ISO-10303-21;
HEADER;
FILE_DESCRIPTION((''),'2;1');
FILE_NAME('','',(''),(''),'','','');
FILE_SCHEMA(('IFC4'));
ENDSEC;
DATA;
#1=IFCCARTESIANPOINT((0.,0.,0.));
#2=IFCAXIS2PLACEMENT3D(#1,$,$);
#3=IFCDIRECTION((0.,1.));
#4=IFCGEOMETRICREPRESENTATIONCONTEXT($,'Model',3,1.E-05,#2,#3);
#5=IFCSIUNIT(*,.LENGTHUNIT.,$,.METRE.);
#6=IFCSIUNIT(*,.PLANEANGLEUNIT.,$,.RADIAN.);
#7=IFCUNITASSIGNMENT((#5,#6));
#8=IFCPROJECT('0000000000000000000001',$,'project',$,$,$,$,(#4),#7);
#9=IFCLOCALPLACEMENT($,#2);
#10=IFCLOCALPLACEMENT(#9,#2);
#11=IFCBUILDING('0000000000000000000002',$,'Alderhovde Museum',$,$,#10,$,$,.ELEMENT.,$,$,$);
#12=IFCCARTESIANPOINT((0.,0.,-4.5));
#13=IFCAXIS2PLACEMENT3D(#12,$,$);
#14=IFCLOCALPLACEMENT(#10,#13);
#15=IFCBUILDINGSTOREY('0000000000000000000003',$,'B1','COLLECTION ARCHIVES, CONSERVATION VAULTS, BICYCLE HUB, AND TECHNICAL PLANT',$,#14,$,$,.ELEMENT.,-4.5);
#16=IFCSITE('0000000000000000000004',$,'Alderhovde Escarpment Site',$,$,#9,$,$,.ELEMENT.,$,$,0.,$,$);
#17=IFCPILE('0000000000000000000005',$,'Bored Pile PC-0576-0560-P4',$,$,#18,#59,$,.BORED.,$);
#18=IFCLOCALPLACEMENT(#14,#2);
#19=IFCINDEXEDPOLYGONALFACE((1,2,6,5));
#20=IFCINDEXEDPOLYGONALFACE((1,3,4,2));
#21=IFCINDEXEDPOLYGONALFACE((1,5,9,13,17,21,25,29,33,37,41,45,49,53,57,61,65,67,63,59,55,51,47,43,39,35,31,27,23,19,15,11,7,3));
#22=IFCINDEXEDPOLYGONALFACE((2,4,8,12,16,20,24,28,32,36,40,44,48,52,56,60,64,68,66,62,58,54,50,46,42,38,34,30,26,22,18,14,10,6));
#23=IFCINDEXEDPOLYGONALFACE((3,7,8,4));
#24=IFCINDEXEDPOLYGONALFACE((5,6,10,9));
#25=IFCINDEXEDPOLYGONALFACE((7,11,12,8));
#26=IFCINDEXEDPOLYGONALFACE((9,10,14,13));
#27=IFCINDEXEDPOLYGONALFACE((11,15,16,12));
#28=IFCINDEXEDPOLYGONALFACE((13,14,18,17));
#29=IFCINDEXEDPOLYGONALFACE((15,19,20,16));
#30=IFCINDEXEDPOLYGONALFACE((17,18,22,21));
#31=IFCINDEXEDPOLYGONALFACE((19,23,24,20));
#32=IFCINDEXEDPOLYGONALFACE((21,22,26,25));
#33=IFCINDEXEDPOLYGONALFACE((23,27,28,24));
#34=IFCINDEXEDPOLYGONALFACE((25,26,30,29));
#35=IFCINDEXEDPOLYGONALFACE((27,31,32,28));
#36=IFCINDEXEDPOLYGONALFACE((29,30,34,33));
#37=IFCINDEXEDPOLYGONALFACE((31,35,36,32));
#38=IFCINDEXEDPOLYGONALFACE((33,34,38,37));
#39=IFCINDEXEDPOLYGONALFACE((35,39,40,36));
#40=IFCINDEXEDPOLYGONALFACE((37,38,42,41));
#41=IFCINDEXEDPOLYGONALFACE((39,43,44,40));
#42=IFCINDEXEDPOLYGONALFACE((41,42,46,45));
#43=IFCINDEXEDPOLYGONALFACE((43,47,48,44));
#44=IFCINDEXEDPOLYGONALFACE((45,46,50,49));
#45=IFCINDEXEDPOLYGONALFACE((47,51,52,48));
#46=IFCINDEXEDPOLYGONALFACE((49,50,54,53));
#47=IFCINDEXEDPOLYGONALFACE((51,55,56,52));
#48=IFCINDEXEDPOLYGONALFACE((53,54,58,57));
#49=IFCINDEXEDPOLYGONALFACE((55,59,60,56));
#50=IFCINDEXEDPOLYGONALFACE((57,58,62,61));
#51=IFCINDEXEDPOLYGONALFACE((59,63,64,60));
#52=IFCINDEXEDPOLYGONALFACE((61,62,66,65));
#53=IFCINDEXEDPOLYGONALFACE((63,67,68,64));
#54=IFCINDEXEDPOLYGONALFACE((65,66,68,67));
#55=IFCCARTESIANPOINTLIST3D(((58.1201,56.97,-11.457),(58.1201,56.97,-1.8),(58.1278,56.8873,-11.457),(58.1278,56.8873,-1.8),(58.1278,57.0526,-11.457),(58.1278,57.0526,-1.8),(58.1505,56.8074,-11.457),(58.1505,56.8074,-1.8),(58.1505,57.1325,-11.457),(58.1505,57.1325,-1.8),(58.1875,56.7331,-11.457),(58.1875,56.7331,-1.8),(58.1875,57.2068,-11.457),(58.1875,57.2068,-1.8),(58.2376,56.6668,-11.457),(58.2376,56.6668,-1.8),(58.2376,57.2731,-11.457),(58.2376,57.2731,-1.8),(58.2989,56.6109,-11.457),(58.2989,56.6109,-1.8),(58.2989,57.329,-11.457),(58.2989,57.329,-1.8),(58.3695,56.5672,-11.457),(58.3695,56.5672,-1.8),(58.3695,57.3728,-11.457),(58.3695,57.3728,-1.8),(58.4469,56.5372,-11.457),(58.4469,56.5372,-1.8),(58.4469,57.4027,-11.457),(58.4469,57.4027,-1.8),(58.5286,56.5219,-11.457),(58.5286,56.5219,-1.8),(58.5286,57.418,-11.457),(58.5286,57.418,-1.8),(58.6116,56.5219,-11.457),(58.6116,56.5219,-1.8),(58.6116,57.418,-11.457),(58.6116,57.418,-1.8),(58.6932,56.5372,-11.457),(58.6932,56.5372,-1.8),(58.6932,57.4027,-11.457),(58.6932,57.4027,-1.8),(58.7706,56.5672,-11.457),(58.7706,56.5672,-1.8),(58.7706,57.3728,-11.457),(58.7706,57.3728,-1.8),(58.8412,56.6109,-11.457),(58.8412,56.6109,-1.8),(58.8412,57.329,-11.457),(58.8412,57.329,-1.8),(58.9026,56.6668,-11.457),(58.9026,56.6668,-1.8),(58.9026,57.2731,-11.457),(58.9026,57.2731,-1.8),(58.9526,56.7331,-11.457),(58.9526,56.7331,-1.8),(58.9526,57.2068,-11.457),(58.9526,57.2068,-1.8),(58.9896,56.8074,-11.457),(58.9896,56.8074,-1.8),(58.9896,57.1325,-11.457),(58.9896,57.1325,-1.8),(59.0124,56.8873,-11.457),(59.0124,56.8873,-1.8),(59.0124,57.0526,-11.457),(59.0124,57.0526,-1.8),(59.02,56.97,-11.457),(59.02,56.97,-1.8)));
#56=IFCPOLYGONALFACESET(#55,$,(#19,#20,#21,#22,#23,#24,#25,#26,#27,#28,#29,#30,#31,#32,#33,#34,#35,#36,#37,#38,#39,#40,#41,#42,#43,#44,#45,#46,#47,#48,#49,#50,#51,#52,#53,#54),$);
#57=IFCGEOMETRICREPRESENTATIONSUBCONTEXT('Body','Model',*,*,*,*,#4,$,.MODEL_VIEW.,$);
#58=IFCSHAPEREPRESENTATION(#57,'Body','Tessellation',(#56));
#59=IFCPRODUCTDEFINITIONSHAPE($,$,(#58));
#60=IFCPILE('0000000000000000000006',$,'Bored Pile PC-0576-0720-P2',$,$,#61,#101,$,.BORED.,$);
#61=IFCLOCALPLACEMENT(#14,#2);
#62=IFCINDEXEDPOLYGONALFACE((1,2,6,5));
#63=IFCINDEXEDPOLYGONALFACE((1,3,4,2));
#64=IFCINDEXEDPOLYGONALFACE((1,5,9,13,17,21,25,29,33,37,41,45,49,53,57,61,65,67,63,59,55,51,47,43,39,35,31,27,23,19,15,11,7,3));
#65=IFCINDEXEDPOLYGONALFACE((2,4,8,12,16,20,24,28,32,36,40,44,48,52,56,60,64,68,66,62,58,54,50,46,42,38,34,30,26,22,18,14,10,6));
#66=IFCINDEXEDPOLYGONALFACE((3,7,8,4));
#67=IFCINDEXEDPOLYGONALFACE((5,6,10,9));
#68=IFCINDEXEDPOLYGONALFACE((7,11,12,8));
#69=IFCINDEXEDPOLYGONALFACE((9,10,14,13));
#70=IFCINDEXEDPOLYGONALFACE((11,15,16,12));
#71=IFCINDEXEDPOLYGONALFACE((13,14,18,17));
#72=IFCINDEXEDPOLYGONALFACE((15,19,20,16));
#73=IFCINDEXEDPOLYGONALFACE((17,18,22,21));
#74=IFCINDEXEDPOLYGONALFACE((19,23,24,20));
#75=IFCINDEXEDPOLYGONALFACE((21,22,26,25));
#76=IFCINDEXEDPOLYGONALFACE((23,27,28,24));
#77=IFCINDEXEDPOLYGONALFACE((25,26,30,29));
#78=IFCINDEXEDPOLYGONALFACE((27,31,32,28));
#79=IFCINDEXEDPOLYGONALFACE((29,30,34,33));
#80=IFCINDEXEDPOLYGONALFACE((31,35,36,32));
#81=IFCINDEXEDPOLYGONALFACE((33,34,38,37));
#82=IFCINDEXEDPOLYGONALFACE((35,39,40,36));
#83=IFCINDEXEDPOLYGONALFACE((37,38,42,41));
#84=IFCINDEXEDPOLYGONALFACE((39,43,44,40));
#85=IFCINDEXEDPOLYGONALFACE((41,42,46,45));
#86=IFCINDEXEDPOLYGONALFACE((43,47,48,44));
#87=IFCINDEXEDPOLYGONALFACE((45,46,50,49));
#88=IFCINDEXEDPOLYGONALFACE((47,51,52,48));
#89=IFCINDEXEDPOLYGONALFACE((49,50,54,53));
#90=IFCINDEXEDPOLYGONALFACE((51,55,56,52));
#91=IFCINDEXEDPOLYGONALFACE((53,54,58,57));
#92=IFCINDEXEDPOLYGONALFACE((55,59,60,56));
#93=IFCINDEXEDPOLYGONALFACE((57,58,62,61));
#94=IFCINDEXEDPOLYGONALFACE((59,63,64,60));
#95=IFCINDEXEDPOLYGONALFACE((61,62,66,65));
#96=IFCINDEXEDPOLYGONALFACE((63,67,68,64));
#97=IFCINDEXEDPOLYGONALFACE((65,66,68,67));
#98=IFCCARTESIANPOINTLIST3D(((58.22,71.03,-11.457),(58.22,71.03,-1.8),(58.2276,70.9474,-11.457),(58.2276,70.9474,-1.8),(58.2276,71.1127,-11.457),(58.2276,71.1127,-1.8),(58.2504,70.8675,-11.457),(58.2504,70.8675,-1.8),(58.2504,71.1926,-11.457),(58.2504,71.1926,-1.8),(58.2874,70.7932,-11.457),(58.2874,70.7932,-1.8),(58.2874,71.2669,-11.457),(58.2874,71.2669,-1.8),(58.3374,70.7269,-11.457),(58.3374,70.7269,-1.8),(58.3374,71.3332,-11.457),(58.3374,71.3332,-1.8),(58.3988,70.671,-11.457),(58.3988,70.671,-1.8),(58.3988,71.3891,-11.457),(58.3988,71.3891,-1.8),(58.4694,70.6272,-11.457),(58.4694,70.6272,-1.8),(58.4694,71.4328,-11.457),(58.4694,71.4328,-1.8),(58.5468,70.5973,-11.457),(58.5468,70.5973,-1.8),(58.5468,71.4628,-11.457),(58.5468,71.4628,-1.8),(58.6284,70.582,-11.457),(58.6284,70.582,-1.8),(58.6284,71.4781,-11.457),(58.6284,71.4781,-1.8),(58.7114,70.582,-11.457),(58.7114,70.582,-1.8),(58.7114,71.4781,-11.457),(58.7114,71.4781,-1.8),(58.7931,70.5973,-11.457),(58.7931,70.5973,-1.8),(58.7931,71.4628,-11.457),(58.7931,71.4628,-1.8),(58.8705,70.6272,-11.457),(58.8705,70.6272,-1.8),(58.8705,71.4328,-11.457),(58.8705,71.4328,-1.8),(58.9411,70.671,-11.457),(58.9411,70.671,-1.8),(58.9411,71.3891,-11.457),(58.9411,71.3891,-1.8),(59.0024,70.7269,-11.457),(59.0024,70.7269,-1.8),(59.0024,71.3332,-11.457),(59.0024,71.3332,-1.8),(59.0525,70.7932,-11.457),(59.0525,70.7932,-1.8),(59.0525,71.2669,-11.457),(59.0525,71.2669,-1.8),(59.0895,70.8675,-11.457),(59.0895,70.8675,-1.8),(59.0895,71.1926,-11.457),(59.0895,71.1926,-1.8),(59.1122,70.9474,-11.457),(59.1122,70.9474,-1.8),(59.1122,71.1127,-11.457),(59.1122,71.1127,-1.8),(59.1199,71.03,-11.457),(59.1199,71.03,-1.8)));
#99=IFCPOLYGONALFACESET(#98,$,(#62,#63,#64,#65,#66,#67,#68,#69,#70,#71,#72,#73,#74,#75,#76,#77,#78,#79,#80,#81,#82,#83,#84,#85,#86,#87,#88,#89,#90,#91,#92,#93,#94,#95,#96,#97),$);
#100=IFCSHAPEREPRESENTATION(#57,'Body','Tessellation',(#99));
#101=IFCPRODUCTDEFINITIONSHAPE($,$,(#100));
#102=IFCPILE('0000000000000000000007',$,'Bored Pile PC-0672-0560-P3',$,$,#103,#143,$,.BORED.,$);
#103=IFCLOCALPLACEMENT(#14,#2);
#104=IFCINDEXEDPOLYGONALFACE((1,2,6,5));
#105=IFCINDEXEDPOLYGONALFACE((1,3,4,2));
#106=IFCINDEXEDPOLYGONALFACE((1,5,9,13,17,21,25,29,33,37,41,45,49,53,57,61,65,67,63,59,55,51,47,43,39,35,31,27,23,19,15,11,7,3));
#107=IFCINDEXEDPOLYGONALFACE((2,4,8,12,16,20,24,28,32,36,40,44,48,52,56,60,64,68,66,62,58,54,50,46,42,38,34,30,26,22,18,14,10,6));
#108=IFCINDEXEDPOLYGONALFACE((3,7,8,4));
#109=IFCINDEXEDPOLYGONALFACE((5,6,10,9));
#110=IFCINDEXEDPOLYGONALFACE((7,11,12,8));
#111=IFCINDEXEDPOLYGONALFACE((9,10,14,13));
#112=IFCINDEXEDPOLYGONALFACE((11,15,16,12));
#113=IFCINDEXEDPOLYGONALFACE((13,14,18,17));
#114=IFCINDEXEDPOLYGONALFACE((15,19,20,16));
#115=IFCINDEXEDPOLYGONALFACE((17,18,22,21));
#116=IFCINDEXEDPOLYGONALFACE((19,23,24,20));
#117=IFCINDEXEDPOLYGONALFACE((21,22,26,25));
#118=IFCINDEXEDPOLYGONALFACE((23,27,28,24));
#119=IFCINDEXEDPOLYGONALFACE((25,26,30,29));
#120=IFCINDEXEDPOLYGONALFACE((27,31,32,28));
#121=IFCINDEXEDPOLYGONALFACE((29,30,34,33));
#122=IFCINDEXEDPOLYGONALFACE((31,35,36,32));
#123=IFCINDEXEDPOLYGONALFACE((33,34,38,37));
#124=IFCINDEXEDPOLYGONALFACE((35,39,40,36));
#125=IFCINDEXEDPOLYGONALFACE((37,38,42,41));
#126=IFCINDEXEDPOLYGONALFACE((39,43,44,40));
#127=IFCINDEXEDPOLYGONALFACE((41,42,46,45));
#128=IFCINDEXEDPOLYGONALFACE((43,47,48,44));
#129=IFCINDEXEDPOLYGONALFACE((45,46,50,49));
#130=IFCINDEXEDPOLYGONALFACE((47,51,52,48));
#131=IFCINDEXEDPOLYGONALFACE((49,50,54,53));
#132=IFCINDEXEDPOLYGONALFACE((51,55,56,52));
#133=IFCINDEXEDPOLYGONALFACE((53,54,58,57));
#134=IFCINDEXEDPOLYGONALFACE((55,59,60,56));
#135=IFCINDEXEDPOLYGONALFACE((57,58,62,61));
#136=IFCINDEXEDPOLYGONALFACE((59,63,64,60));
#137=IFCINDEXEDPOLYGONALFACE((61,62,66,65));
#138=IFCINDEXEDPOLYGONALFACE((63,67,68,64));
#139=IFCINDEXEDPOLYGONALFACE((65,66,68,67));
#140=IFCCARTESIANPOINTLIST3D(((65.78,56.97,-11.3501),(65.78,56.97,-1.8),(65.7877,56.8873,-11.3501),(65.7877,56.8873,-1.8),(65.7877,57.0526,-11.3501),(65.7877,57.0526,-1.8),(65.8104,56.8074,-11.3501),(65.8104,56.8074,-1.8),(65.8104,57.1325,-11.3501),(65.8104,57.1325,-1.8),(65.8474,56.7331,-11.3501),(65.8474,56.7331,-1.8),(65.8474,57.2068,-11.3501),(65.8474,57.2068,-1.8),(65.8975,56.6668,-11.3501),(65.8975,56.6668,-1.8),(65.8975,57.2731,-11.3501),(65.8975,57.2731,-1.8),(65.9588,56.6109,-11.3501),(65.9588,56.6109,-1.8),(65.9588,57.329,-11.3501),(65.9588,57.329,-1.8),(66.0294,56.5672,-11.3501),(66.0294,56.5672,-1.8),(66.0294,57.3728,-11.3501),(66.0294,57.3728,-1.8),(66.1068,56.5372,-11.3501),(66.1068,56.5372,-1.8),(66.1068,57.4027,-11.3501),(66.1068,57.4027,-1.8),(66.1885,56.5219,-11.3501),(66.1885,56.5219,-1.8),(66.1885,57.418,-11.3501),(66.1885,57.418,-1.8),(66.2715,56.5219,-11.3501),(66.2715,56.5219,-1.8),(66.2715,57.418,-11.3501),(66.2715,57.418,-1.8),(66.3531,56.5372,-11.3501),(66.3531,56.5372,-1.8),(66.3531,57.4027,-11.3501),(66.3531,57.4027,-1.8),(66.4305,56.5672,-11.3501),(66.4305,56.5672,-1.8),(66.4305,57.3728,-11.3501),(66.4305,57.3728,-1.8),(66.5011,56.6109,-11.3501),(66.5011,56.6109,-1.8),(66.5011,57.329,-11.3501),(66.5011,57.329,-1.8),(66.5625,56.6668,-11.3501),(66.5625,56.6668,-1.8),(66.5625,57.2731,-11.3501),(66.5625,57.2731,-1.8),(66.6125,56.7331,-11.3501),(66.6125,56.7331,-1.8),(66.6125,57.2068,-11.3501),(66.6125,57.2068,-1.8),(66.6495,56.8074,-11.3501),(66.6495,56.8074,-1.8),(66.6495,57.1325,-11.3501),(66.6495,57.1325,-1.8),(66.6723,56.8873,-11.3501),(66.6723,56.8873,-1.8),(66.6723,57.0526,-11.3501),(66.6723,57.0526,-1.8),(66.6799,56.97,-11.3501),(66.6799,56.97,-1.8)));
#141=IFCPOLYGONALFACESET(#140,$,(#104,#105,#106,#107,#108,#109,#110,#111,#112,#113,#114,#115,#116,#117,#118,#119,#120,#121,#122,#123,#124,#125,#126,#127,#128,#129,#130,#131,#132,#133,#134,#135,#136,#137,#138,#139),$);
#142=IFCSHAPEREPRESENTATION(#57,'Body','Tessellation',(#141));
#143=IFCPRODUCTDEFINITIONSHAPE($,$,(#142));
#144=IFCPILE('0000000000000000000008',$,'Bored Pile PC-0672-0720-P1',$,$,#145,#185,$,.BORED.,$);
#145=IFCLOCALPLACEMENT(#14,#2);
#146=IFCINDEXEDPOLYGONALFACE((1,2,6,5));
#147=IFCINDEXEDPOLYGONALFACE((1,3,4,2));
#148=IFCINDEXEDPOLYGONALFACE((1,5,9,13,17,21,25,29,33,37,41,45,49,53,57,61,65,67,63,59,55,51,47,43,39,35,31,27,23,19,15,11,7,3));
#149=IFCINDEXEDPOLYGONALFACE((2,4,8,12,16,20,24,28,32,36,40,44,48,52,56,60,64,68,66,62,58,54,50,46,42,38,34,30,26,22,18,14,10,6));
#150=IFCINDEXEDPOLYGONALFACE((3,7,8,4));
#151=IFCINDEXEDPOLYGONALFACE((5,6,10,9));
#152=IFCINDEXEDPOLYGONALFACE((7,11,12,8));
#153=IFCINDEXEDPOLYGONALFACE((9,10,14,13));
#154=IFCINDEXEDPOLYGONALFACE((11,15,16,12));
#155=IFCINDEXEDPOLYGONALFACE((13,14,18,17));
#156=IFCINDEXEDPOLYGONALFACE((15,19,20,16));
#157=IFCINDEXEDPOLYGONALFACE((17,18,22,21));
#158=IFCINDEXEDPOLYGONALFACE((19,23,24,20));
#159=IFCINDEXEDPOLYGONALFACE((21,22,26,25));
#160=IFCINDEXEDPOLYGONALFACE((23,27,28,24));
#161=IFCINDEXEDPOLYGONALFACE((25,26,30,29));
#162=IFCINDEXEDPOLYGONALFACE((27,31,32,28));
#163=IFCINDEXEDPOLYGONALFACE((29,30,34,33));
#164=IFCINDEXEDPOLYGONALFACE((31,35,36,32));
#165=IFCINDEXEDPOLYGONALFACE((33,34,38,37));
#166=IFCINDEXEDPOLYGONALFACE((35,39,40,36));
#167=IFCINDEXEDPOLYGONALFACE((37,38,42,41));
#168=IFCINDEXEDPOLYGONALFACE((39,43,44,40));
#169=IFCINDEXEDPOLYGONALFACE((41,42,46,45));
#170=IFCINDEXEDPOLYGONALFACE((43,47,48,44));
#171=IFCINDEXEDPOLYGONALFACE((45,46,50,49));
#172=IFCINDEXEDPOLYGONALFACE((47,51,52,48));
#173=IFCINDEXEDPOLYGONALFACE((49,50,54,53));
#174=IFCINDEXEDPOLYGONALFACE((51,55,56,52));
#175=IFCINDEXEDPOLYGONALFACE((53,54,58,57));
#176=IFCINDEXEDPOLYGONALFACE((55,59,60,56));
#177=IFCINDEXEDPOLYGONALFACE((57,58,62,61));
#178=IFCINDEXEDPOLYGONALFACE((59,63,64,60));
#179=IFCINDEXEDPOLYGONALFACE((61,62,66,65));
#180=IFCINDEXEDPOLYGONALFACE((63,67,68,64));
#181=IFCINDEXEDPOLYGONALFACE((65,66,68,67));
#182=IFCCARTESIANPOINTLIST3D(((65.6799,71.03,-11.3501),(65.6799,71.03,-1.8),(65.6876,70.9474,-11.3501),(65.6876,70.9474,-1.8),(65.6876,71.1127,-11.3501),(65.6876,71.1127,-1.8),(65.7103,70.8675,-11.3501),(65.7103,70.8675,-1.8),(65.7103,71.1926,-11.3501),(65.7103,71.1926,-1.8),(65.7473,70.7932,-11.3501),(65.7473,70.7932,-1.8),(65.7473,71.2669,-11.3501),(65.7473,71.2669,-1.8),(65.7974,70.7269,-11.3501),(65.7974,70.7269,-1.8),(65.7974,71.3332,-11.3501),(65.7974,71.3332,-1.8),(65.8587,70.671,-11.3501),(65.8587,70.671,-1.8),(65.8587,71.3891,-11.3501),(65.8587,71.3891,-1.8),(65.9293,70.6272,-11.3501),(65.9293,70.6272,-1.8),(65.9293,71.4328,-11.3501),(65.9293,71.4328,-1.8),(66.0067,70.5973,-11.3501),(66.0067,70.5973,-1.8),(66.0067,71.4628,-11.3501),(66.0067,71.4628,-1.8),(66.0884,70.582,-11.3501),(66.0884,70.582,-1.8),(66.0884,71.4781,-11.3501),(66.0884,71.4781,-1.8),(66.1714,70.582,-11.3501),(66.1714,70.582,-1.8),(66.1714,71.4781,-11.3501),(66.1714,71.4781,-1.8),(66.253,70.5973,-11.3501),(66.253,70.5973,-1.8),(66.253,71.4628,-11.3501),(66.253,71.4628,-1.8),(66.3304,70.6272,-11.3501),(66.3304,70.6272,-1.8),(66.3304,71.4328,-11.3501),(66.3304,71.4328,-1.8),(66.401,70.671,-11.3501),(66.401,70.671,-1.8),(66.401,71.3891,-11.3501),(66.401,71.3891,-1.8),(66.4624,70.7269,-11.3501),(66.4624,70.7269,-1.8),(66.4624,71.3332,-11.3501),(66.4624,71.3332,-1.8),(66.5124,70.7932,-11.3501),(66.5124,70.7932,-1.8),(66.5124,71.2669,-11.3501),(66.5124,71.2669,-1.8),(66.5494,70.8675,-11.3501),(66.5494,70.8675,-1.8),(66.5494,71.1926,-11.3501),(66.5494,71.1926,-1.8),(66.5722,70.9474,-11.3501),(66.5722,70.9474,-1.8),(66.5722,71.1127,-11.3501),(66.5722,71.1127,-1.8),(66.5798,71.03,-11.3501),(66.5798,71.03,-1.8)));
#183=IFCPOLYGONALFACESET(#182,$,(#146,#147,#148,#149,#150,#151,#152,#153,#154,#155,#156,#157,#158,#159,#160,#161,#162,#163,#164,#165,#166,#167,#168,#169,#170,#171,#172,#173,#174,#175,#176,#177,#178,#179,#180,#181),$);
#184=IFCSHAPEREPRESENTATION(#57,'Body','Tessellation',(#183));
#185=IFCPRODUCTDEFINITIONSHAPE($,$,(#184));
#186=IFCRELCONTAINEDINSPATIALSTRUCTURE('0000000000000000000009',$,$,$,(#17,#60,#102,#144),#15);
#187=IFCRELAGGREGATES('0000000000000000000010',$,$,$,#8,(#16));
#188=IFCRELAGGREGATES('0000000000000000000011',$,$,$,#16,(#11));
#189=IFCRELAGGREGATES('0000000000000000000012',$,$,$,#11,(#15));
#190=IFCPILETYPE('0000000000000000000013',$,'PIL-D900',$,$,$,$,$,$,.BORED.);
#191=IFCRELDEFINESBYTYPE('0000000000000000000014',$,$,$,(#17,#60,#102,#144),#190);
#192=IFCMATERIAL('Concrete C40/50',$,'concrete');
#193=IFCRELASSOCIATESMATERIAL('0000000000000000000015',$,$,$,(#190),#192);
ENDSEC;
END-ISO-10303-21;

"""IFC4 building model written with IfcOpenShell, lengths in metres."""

from ifc_helpers import new_model, si_unit, direction, frame, origin, origin_2d, place, context, subcontext, project, spatial, circle, extrude, material, material_profile, profile_set, type_object, element, save


model = new_model("IFC4")

# Units and contexts
model_context = context("Model", 3, precision=1e-05, world=origin(), true_north=direction((0.0, 1.0)))
body_context = subcontext(model_context, "Body", "Model", "MODEL_VIEW")
ifc_project = project(units=[si_unit("LENGTHUNIT", "METRE"), si_unit("PLANEANGLEUNIT", "RADIAN")], contexts=[model_context])

# Site, building, storey
site_placement = place(None, origin())
site = spatial("IfcSite", under=ifc_project, at=site_placement, Name="Alderhovde Escarpment Site", CompositionType="ELEMENT", RefElevation=0.0)
building_placement = place(site_placement, origin())
building = spatial("IfcBuilding", under=site, at=building_placement, Name="Alderhovde Museum", CompositionType="ELEMENT")
storey_placement = place(building_placement, frame((0.0, 0.0, -4.5)))
storey = spatial("IfcBuildingStorey", under=building, at=storey_placement, Name="B1", Description="COLLECTION ARCHIVES, CONSERVATION VAULTS, BICYCLE HUB, AND TECHNICAL PLANT", CompositionType="ELEMENT", Elevation=-4.5)

# Piles
ifc_material_1 = material(Name="Concrete C40/50", Category="concrete")
ifc_material_profile_1 = material_profile(ifc_material_1, circle(Radius=0.45, at=origin_2d()), Name="PILE-D900")
ifc_profile_set_1 = profile_set([ifc_material_profile_1], Name="Concrete C40/50")
pile_type_1 = type_object("IfcPileType", Name="PIL-D900", PredefinedType="BORED", material=ifc_profile_set_1)
for number, where, z_axis, x_axis, name in (
    (1, (58.5701, 56.97, -1.8), (0.0, 0.0, -1.0), (1.0, 0.0, 0.0), "Bored Pile PC-0576-0560-P4"),
    (2, (58.6699, 71.03, -1.8), (0.0, 0.0, -1.0), (1.0, 0.0, 0.0), "Bored Pile PC-0576-0720-P2"),
):
    element("IfcPile", number, at=place(storey_placement, frame(where, z_axis=z_axis, x_axis=x_axis)), inside=storey, type_object=pile_type_1, Name=name, PredefinedType="BORED", context=body_context, shape_type="SweptSolid", body=[
        extrude(circle(Radius=0.45, at=origin_2d()), origin(), (0.0, 0.0, 1.0), 9.657),
    ])
for number, where, z_axis, x_axis, name in (
    (3, (66.23, 56.97, -1.8), (0.0, 0.0, -1.0), (1.0, 0.0, 0.0), "Bored Pile PC-0672-0560-P3"),
    (4, (66.1299, 71.03, -1.8), (0.0, 0.0, -1.0), (1.0, 0.0, 0.0), "Bored Pile PC-0672-0720-P1"),
):
    element("IfcPile", number, at=place(storey_placement, frame(where, z_axis=z_axis, x_axis=x_axis)), inside=storey, type_object=pile_type_1, Name=name, PredefinedType="BORED", context=body_context, shape_type="SweptSolid", body=[
        extrude(circle(Radius=0.45, at=origin_2d()), origin(), (0.0, 0.0, 1.0), 9.55),
    ])

save(model, "model.ifc")
